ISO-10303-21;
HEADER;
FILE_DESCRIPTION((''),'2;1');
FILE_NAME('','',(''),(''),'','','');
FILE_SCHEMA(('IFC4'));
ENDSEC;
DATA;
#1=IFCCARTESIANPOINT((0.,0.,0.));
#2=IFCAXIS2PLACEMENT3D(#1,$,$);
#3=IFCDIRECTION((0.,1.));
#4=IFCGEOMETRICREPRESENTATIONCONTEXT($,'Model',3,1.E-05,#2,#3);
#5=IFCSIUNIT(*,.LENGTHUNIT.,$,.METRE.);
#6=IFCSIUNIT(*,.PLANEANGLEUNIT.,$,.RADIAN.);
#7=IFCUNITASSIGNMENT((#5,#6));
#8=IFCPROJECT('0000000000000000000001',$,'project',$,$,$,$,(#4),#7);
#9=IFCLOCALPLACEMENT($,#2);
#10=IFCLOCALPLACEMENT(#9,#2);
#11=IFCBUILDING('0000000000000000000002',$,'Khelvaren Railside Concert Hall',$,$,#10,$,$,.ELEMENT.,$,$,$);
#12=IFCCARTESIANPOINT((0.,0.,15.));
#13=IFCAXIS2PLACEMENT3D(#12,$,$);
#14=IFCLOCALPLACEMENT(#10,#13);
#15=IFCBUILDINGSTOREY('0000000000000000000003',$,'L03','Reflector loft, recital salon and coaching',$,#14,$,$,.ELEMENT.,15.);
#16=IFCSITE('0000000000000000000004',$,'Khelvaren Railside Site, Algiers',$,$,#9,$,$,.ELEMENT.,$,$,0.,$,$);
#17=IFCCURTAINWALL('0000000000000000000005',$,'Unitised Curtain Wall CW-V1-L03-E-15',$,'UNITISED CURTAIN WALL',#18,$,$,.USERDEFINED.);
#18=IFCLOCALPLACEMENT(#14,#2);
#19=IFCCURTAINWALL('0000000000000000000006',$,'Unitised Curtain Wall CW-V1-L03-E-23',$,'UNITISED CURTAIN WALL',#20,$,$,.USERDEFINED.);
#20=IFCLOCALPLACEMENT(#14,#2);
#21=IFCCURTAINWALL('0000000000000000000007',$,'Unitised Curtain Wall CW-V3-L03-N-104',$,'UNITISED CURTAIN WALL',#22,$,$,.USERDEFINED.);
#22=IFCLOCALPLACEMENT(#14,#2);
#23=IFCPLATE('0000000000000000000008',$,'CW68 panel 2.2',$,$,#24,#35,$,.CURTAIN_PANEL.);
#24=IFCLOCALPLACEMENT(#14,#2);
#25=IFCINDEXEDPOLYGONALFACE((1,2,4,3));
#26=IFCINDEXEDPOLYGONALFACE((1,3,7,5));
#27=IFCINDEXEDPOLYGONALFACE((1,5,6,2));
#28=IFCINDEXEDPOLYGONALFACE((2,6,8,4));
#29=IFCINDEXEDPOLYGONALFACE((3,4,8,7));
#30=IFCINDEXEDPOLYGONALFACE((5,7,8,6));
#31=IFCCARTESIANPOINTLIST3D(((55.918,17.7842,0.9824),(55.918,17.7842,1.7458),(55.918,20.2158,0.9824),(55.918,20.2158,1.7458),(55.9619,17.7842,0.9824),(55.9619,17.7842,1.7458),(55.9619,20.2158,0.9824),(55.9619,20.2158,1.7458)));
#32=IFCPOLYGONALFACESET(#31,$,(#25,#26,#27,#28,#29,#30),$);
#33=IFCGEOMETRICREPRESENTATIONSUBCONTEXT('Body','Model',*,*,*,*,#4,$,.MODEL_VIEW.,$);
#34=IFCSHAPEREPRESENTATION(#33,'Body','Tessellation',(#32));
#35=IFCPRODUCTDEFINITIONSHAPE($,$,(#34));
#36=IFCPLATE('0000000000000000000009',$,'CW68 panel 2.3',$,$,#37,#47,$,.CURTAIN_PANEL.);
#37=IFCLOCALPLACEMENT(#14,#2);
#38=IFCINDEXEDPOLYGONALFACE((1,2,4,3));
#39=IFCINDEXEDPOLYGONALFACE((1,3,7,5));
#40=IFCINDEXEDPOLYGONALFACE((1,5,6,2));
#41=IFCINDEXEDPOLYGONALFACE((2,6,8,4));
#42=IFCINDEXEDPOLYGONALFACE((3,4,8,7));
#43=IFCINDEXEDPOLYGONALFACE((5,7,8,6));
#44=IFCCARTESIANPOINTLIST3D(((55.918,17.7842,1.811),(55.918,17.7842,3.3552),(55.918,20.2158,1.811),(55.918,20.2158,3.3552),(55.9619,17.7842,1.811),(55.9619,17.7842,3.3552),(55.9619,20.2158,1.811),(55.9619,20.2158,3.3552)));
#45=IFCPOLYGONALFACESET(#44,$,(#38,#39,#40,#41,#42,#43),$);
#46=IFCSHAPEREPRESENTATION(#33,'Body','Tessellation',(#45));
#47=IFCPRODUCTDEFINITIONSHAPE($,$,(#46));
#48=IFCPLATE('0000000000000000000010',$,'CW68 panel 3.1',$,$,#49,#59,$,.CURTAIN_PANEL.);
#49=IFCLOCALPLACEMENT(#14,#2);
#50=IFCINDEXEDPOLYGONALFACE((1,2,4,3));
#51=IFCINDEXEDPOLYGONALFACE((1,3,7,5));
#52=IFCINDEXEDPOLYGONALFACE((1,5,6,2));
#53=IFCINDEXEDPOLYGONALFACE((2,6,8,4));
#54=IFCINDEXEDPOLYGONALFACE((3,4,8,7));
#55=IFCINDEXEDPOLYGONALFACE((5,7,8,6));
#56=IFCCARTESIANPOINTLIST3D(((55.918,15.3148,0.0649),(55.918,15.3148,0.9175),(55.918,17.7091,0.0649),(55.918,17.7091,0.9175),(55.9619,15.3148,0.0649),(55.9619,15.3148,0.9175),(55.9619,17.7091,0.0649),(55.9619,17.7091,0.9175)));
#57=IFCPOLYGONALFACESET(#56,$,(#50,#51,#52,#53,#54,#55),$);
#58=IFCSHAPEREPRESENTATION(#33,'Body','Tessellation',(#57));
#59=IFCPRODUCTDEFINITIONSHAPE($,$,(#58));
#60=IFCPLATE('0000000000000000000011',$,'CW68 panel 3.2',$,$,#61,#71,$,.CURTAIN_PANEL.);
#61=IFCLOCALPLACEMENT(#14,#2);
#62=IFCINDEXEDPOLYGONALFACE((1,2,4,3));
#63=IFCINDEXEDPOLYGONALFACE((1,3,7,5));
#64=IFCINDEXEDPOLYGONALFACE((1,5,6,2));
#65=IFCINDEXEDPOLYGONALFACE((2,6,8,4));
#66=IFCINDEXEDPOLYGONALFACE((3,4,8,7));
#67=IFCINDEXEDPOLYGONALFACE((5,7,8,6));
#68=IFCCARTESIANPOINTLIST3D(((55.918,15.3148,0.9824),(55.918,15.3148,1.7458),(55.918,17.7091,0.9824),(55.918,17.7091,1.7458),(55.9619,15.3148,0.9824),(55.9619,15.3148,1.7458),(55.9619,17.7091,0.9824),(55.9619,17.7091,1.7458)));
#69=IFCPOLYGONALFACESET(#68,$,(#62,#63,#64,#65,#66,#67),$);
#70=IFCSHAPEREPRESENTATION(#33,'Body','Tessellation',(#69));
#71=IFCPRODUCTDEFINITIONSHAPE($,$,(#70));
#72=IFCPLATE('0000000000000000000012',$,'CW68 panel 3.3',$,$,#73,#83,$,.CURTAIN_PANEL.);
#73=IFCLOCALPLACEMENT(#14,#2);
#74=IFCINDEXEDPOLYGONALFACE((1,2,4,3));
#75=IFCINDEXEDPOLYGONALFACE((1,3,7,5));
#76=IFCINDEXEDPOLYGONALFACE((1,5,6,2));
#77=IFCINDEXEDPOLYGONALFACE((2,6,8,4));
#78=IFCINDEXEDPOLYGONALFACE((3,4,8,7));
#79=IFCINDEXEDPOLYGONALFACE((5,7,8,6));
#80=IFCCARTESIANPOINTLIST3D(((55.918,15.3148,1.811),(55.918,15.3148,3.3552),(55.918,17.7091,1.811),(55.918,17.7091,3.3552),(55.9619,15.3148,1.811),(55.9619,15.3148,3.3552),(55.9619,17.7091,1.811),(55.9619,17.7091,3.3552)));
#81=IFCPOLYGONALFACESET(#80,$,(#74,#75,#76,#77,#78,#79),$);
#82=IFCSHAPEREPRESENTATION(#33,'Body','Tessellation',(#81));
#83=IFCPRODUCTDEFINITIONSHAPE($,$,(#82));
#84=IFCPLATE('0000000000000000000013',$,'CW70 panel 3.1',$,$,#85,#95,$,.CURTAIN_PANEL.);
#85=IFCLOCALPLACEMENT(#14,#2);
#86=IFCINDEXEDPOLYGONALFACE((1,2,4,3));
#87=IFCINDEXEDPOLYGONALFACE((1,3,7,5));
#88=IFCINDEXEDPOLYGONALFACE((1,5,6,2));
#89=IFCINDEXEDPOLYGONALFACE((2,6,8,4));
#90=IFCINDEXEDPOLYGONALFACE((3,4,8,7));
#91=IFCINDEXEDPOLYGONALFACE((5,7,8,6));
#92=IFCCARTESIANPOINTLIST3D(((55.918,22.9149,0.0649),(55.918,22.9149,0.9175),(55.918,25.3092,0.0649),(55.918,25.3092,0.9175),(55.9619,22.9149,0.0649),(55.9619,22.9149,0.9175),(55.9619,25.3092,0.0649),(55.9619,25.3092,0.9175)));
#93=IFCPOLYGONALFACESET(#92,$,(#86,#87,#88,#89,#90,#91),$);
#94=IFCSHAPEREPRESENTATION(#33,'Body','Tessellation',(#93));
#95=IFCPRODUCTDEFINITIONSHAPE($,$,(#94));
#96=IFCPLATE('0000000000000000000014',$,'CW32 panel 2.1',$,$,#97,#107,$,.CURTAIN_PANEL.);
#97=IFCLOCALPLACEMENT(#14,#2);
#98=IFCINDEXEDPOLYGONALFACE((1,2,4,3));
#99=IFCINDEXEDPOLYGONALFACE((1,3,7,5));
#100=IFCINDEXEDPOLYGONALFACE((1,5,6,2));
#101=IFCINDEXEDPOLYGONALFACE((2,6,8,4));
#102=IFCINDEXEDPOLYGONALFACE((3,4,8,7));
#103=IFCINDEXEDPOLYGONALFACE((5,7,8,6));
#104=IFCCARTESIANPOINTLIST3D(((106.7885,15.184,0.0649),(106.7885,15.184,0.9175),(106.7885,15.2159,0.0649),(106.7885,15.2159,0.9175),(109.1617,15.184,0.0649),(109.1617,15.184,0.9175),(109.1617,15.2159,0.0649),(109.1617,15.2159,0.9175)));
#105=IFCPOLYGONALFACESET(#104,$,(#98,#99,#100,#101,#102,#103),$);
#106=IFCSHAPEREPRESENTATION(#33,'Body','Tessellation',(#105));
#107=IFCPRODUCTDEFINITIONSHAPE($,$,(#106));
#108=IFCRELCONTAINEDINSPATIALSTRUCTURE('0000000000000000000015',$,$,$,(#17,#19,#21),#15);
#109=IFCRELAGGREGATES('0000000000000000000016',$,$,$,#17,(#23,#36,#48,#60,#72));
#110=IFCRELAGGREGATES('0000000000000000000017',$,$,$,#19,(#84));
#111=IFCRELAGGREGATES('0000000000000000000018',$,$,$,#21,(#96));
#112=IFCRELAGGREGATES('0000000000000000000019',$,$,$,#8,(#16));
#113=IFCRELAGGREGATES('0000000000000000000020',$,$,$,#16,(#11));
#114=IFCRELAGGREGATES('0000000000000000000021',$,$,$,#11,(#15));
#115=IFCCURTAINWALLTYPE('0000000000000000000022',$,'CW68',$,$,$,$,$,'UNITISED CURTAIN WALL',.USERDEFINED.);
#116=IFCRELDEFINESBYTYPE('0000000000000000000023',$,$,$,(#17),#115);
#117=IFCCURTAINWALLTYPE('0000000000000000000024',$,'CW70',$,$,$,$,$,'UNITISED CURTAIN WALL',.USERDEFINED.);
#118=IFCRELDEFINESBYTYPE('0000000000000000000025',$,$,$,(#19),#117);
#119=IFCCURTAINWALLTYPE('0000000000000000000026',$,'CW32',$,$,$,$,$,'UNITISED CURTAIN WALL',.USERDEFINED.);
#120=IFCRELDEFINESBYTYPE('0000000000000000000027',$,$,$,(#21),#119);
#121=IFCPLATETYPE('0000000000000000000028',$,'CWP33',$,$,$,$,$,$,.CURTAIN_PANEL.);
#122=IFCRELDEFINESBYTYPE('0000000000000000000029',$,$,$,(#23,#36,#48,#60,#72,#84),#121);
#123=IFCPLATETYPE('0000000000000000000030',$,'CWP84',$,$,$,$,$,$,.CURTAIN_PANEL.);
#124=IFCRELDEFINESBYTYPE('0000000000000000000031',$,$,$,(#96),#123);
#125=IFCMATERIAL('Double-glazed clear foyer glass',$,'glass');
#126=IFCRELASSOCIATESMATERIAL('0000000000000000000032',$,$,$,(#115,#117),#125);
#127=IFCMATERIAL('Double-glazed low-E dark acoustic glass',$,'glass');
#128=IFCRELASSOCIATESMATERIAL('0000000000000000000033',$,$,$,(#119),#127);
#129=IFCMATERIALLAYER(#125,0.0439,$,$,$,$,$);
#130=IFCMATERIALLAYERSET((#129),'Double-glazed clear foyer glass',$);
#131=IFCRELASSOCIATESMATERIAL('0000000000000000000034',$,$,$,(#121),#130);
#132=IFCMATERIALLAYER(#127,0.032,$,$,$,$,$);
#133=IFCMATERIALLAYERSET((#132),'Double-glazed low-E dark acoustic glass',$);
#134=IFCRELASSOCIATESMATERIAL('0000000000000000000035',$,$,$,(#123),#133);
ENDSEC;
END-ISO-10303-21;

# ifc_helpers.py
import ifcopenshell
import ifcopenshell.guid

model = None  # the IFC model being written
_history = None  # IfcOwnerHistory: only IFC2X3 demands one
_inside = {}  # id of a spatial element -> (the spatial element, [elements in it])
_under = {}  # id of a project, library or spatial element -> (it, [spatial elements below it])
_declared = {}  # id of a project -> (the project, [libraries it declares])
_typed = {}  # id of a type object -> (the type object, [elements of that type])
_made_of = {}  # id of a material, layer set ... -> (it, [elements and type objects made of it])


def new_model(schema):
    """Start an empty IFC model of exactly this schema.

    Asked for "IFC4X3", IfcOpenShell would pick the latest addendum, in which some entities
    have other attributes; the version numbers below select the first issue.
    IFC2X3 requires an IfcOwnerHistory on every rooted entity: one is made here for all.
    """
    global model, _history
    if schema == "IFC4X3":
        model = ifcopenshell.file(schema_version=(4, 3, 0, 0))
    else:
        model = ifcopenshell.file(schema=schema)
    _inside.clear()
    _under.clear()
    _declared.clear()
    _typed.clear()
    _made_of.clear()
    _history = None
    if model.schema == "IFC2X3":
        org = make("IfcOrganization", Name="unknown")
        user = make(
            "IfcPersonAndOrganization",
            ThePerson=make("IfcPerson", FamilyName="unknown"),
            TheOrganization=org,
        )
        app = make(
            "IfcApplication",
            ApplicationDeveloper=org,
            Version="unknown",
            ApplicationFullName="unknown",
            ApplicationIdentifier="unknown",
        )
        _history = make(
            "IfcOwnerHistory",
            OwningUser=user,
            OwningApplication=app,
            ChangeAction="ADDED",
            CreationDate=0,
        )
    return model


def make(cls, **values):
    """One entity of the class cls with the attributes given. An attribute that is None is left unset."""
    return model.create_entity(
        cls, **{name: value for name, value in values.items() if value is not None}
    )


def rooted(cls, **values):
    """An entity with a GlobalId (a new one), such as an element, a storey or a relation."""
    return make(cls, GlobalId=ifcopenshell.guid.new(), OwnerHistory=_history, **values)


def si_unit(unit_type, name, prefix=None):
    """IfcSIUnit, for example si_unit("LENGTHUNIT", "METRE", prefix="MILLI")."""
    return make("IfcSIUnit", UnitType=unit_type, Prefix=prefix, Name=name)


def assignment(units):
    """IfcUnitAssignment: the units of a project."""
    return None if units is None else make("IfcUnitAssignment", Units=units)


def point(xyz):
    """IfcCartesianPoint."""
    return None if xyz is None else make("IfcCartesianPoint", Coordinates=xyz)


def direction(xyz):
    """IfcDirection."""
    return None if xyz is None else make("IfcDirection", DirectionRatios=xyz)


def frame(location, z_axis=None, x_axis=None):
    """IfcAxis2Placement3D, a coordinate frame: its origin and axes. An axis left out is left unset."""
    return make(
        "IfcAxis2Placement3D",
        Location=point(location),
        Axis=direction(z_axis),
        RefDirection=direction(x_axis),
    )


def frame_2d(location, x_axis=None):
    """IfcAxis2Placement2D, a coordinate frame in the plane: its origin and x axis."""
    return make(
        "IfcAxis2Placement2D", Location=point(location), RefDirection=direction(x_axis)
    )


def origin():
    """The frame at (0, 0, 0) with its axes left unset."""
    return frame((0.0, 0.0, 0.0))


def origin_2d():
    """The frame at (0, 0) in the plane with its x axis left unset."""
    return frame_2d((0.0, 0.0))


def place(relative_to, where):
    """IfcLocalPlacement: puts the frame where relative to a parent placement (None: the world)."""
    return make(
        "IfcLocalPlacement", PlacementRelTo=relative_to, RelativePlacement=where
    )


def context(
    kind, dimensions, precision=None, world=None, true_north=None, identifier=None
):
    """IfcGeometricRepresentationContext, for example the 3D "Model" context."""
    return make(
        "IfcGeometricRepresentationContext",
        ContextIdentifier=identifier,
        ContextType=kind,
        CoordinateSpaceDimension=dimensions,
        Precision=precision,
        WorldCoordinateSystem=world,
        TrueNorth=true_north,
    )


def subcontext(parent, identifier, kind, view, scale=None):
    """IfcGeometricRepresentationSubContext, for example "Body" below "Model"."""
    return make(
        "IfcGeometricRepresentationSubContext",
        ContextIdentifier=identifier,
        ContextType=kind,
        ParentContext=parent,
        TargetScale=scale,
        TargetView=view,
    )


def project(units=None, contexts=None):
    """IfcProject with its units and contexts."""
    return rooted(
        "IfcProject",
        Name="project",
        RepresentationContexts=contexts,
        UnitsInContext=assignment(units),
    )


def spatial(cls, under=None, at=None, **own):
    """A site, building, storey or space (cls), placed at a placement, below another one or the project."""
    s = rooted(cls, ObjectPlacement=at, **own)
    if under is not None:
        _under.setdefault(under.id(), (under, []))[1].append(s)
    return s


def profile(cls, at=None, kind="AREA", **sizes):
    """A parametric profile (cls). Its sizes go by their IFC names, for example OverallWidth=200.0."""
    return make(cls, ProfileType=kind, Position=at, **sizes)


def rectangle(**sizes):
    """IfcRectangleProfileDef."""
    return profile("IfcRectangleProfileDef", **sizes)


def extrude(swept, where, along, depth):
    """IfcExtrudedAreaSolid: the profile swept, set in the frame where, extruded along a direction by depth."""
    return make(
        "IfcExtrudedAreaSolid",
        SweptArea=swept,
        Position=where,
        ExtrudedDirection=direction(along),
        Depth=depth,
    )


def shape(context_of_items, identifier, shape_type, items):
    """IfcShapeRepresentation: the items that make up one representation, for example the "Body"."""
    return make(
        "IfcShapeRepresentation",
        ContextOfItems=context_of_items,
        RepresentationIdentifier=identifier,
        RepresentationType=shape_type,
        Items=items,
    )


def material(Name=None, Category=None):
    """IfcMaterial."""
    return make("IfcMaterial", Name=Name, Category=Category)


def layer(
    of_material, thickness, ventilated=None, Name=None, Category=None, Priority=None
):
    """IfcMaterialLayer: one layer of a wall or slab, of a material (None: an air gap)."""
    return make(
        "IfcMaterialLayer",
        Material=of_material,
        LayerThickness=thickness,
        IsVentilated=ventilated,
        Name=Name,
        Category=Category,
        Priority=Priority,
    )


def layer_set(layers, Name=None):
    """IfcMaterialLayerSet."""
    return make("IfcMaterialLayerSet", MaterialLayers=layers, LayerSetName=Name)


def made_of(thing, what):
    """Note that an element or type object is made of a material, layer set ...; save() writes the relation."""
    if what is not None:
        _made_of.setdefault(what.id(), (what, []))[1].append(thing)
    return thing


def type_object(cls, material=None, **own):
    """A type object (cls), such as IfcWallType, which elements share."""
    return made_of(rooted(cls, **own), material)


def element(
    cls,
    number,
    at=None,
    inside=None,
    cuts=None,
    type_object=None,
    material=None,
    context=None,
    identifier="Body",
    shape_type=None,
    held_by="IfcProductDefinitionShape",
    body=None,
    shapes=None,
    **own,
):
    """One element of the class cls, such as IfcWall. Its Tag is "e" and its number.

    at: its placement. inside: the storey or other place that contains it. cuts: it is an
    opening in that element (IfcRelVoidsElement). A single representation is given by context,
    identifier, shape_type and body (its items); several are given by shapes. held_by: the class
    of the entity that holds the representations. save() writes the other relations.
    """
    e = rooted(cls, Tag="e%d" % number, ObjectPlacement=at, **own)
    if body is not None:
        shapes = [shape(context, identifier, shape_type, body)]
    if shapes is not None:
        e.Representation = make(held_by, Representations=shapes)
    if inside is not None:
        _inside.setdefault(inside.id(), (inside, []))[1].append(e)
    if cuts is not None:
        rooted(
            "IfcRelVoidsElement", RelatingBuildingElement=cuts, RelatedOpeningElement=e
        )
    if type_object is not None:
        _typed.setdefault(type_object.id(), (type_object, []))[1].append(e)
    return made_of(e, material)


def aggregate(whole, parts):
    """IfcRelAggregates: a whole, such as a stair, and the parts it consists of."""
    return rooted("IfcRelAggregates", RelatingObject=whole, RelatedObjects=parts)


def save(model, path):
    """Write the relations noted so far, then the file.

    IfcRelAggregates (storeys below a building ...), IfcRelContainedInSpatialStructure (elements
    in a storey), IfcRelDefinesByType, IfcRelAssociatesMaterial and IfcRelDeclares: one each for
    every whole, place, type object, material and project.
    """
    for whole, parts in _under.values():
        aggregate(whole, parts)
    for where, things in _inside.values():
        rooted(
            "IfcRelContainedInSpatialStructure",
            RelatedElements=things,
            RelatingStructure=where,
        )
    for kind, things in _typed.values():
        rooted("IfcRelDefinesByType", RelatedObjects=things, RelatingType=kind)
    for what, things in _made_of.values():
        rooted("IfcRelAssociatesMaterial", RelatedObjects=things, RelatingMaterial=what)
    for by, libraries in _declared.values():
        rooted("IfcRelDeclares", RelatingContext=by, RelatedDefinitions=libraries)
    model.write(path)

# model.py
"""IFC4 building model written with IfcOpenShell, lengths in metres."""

from ifc_helpers import new_model, si_unit, direction, frame, origin, origin_2d, place, context, subcontext, project, spatial, rectangle, extrude, material, layer, layer_set, type_object, element, aggregate, save


model = new_model("IFC4")

# Units and contexts
model_context = context("Model", 3, precision=1e-05, world=origin(), true_north=direction((0.0, 1.0)))
body_context = subcontext(model_context, "Body", "Model", "MODEL_VIEW")
ifc_project = project(units=[si_unit("LENGTHUNIT", "METRE"), si_unit("PLANEANGLEUNIT", "RADIAN")], contexts=[model_context])

# Site, building, storey
site_placement = place(None, origin())
site = spatial("IfcSite", under=ifc_project, at=site_placement, Name="Khelvaren Railside Site, Algiers", CompositionType="ELEMENT", RefElevation=0.0)
building_placement = place(site_placement, origin())
building = spatial("IfcBuilding", under=site, at=building_placement, Name="Khelvaren Railside Concert Hall", CompositionType="ELEMENT")
storey_placement = place(building_placement, frame((0.0, 0.0, 15.0)))
storey = spatial("IfcBuildingStorey", under=building, at=storey_placement, Name="L03", Description="Reflector loft, recital salon and coaching", CompositionType="ELEMENT", Elevation=15.0)

# Curtain wall
ifc_material_1 = material(Name="Double-glazed clear foyer glass", Category="glass")
curtain_wall_type_1 = type_object("IfcCurtainWallType", Name="CW68", ElementType="UNITISED CURTAIN WALL", PredefinedType="USERDEFINED", material=ifc_material_1)
curtain_wall_1_placement = place(storey_placement, origin())
curtain_wall_1 = element("IfcCurtainWall", 1, at=curtain_wall_1_placement, inside=storey, type_object=curtain_wall_type_1, Name="Unitised Curtain Wall CW-V1-L03-E-15", ObjectType="UNITISED CURTAIN WALL", PredefinedType="USERDEFINED")

# Curtain wall
curtain_wall_type_2 = type_object("IfcCurtainWallType", Name="CW70", ElementType="UNITISED CURTAIN WALL", PredefinedType="USERDEFINED", material=ifc_material_1)
curtain_wall_2_placement = place(storey_placement, origin())
curtain_wall_2 = element("IfcCurtainWall", 2, at=curtain_wall_2_placement, inside=storey, type_object=curtain_wall_type_2, Name="Unitised Curtain Wall CW-V1-L03-E-23", ObjectType="UNITISED CURTAIN WALL", PredefinedType="USERDEFINED")

# Curtain wall
ifc_material_2 = material(Name="Double-glazed low-E dark acoustic glass", Category="glass")
curtain_wall_type_3 = type_object("IfcCurtainWallType", Name="CW32", ElementType="UNITISED CURTAIN WALL", PredefinedType="USERDEFINED", material=ifc_material_2)
curtain_wall_3_placement = place(storey_placement, origin())
curtain_wall_3 = element("IfcCurtainWall", 3, at=curtain_wall_3_placement, inside=storey, type_object=curtain_wall_type_3, Name="Unitised Curtain Wall CW-V3-L03-N-104", ObjectType="UNITISED CURTAIN WALL", PredefinedType="USERDEFINED")

# Plates
ifc_layer_1 = layer(ifc_material_1, 0.0439)
ifc_layer_set_1 = layer_set([ifc_layer_1], Name="Double-glazed clear foyer glass")
plate_type_1 = type_object("IfcPlateType", Name="CWP33", PredefinedType="CURTAIN_PANEL", material=ifc_layer_set_1)
plate_1_placement = place(storey_placement, frame((55.9399, 19.0, 0.9824), z_axis=(0.0, 0.0, 1.0), x_axis=(0.0, -1.0, 0.0)))
plate_1 = element("IfcPlate", 4, at=plate_1_placement, type_object=plate_type_1, Name="CW68 panel 2.2", PredefinedType="CURTAIN_PANEL", context=body_context, shape_type="SweptSolid", body=[
    extrude(rectangle(XDim=2.4316, YDim=0.0439, at=origin_2d()), origin(), (0.0, 0.0, 1.0), 0.7634),
])
plate_2_placement = place(storey_placement, frame((55.9399, 19.0, 1.811), z_axis=(0.0, 0.0, 1.0), x_axis=(0.0, -1.0, 0.0)))
plate_2 = element("IfcPlate", 5, at=plate_2_placement, type_object=plate_type_1, Name="CW68 panel 2.3", PredefinedType="CURTAIN_PANEL", context=body_context, shape_type="SweptSolid", body=[
    extrude(rectangle(XDim=2.4316, YDim=0.0439, at=origin_2d()), origin(), (0.0, 0.0, 1.0), 1.5442),
])
plate_3_placement = place(storey_placement, frame((55.9399, 16.512, 0.0649), z_axis=(0.0, 0.0, 1.0), x_axis=(0.0, -1.0, 0.0)))
plate_3 = element("IfcPlate", 6, at=plate_3_placement, type_object=plate_type_1, Name="CW68 panel 3.1", PredefinedType="CURTAIN_PANEL", context=body_context, shape_type="SweptSolid", body=[
    extrude(rectangle(XDim=2.3943, YDim=0.0439, at=origin_2d()), origin(), (0.0, 0.0, 1.0), 0.8525),
])
plate_4_placement = place(storey_placement, frame((55.9399, 16.512, 0.9824), z_axis=(0.0, 0.0, 1.0), x_axis=(0.0, -1.0, 0.0)))
plate_4 = element("IfcPlate", 7, at=plate_4_placement, type_object=plate_type_1, Name="CW68 panel 3.2", PredefinedType="CURTAIN_PANEL", context=body_context, shape_type="SweptSolid", body=[
    extrude(rectangle(XDim=2.3943, YDim=0.0439, at=origin_2d()), origin(), (0.0, 0.0, 1.0), 0.7634),
])
plate_5_placement = place(storey_placement, frame((55.9399, 16.512, 1.811), z_axis=(0.0, 0.0, 1.0), x_axis=(0.0, -1.0, 0.0)))
plate_5 = element("IfcPlate", 8, at=plate_5_placement, type_object=plate_type_1, Name="CW68 panel 3.3", PredefinedType="CURTAIN_PANEL", context=body_context, shape_type="SweptSolid", body=[
    extrude(rectangle(XDim=2.3943, YDim=0.0439, at=origin_2d()), origin(), (0.0, 0.0, 1.0), 1.5442),
])
aggregate(curtain_wall_1, [plate_1, plate_2, plate_3, plate_4, plate_5])
plate_6_placement = place(storey_placement, frame((55.9399, 24.1121, 0.0649), z_axis=(0.0, 0.0, 1.0), x_axis=(0.0, -1.0, 0.0)))
plate_6 = element("IfcPlate", 9, at=plate_6_placement, type_object=plate_type_1, Name="CW70 panel 3.1", PredefinedType="CURTAIN_PANEL", context=body_context, shape_type="SweptSolid", body=[
    extrude(rectangle(XDim=2.3943, YDim=0.0439, at=origin_2d()), origin(), (0.0, 0.0, 1.0), 0.8525),
])
aggregate(curtain_wall_2, [plate_6])
ifc_layer_2 = layer(ifc_material_2, 0.032)
ifc_layer_set_2 = layer_set([ifc_layer_2], Name="Double-glazed low-E dark acoustic glass")
plate_type_2 = type_object("IfcPlateType", Name="CWP84", PredefinedType="CURTAIN_PANEL", material=ifc_layer_set_2)
plate_7_placement = place(storey_placement, frame((107.9751, 15.2, 0.0649), z_axis=(0.0, 0.0, 1.0), x_axis=(1.0, 0.0, 0.0)))
plate_7 = element("IfcPlate", 10, at=plate_7_placement, type_object=plate_type_2, Name="CW32 panel 2.1", PredefinedType="CURTAIN_PANEL", context=body_context, shape_type="SweptSolid", body=[
    extrude(rectangle(XDim=2.3733, YDim=0.032, at=origin_2d()), origin(), (0.0, 0.0, 1.0), 0.8525),
])
aggregate(curtain_wall_3, [plate_7])

save(model, "model.ifc")
